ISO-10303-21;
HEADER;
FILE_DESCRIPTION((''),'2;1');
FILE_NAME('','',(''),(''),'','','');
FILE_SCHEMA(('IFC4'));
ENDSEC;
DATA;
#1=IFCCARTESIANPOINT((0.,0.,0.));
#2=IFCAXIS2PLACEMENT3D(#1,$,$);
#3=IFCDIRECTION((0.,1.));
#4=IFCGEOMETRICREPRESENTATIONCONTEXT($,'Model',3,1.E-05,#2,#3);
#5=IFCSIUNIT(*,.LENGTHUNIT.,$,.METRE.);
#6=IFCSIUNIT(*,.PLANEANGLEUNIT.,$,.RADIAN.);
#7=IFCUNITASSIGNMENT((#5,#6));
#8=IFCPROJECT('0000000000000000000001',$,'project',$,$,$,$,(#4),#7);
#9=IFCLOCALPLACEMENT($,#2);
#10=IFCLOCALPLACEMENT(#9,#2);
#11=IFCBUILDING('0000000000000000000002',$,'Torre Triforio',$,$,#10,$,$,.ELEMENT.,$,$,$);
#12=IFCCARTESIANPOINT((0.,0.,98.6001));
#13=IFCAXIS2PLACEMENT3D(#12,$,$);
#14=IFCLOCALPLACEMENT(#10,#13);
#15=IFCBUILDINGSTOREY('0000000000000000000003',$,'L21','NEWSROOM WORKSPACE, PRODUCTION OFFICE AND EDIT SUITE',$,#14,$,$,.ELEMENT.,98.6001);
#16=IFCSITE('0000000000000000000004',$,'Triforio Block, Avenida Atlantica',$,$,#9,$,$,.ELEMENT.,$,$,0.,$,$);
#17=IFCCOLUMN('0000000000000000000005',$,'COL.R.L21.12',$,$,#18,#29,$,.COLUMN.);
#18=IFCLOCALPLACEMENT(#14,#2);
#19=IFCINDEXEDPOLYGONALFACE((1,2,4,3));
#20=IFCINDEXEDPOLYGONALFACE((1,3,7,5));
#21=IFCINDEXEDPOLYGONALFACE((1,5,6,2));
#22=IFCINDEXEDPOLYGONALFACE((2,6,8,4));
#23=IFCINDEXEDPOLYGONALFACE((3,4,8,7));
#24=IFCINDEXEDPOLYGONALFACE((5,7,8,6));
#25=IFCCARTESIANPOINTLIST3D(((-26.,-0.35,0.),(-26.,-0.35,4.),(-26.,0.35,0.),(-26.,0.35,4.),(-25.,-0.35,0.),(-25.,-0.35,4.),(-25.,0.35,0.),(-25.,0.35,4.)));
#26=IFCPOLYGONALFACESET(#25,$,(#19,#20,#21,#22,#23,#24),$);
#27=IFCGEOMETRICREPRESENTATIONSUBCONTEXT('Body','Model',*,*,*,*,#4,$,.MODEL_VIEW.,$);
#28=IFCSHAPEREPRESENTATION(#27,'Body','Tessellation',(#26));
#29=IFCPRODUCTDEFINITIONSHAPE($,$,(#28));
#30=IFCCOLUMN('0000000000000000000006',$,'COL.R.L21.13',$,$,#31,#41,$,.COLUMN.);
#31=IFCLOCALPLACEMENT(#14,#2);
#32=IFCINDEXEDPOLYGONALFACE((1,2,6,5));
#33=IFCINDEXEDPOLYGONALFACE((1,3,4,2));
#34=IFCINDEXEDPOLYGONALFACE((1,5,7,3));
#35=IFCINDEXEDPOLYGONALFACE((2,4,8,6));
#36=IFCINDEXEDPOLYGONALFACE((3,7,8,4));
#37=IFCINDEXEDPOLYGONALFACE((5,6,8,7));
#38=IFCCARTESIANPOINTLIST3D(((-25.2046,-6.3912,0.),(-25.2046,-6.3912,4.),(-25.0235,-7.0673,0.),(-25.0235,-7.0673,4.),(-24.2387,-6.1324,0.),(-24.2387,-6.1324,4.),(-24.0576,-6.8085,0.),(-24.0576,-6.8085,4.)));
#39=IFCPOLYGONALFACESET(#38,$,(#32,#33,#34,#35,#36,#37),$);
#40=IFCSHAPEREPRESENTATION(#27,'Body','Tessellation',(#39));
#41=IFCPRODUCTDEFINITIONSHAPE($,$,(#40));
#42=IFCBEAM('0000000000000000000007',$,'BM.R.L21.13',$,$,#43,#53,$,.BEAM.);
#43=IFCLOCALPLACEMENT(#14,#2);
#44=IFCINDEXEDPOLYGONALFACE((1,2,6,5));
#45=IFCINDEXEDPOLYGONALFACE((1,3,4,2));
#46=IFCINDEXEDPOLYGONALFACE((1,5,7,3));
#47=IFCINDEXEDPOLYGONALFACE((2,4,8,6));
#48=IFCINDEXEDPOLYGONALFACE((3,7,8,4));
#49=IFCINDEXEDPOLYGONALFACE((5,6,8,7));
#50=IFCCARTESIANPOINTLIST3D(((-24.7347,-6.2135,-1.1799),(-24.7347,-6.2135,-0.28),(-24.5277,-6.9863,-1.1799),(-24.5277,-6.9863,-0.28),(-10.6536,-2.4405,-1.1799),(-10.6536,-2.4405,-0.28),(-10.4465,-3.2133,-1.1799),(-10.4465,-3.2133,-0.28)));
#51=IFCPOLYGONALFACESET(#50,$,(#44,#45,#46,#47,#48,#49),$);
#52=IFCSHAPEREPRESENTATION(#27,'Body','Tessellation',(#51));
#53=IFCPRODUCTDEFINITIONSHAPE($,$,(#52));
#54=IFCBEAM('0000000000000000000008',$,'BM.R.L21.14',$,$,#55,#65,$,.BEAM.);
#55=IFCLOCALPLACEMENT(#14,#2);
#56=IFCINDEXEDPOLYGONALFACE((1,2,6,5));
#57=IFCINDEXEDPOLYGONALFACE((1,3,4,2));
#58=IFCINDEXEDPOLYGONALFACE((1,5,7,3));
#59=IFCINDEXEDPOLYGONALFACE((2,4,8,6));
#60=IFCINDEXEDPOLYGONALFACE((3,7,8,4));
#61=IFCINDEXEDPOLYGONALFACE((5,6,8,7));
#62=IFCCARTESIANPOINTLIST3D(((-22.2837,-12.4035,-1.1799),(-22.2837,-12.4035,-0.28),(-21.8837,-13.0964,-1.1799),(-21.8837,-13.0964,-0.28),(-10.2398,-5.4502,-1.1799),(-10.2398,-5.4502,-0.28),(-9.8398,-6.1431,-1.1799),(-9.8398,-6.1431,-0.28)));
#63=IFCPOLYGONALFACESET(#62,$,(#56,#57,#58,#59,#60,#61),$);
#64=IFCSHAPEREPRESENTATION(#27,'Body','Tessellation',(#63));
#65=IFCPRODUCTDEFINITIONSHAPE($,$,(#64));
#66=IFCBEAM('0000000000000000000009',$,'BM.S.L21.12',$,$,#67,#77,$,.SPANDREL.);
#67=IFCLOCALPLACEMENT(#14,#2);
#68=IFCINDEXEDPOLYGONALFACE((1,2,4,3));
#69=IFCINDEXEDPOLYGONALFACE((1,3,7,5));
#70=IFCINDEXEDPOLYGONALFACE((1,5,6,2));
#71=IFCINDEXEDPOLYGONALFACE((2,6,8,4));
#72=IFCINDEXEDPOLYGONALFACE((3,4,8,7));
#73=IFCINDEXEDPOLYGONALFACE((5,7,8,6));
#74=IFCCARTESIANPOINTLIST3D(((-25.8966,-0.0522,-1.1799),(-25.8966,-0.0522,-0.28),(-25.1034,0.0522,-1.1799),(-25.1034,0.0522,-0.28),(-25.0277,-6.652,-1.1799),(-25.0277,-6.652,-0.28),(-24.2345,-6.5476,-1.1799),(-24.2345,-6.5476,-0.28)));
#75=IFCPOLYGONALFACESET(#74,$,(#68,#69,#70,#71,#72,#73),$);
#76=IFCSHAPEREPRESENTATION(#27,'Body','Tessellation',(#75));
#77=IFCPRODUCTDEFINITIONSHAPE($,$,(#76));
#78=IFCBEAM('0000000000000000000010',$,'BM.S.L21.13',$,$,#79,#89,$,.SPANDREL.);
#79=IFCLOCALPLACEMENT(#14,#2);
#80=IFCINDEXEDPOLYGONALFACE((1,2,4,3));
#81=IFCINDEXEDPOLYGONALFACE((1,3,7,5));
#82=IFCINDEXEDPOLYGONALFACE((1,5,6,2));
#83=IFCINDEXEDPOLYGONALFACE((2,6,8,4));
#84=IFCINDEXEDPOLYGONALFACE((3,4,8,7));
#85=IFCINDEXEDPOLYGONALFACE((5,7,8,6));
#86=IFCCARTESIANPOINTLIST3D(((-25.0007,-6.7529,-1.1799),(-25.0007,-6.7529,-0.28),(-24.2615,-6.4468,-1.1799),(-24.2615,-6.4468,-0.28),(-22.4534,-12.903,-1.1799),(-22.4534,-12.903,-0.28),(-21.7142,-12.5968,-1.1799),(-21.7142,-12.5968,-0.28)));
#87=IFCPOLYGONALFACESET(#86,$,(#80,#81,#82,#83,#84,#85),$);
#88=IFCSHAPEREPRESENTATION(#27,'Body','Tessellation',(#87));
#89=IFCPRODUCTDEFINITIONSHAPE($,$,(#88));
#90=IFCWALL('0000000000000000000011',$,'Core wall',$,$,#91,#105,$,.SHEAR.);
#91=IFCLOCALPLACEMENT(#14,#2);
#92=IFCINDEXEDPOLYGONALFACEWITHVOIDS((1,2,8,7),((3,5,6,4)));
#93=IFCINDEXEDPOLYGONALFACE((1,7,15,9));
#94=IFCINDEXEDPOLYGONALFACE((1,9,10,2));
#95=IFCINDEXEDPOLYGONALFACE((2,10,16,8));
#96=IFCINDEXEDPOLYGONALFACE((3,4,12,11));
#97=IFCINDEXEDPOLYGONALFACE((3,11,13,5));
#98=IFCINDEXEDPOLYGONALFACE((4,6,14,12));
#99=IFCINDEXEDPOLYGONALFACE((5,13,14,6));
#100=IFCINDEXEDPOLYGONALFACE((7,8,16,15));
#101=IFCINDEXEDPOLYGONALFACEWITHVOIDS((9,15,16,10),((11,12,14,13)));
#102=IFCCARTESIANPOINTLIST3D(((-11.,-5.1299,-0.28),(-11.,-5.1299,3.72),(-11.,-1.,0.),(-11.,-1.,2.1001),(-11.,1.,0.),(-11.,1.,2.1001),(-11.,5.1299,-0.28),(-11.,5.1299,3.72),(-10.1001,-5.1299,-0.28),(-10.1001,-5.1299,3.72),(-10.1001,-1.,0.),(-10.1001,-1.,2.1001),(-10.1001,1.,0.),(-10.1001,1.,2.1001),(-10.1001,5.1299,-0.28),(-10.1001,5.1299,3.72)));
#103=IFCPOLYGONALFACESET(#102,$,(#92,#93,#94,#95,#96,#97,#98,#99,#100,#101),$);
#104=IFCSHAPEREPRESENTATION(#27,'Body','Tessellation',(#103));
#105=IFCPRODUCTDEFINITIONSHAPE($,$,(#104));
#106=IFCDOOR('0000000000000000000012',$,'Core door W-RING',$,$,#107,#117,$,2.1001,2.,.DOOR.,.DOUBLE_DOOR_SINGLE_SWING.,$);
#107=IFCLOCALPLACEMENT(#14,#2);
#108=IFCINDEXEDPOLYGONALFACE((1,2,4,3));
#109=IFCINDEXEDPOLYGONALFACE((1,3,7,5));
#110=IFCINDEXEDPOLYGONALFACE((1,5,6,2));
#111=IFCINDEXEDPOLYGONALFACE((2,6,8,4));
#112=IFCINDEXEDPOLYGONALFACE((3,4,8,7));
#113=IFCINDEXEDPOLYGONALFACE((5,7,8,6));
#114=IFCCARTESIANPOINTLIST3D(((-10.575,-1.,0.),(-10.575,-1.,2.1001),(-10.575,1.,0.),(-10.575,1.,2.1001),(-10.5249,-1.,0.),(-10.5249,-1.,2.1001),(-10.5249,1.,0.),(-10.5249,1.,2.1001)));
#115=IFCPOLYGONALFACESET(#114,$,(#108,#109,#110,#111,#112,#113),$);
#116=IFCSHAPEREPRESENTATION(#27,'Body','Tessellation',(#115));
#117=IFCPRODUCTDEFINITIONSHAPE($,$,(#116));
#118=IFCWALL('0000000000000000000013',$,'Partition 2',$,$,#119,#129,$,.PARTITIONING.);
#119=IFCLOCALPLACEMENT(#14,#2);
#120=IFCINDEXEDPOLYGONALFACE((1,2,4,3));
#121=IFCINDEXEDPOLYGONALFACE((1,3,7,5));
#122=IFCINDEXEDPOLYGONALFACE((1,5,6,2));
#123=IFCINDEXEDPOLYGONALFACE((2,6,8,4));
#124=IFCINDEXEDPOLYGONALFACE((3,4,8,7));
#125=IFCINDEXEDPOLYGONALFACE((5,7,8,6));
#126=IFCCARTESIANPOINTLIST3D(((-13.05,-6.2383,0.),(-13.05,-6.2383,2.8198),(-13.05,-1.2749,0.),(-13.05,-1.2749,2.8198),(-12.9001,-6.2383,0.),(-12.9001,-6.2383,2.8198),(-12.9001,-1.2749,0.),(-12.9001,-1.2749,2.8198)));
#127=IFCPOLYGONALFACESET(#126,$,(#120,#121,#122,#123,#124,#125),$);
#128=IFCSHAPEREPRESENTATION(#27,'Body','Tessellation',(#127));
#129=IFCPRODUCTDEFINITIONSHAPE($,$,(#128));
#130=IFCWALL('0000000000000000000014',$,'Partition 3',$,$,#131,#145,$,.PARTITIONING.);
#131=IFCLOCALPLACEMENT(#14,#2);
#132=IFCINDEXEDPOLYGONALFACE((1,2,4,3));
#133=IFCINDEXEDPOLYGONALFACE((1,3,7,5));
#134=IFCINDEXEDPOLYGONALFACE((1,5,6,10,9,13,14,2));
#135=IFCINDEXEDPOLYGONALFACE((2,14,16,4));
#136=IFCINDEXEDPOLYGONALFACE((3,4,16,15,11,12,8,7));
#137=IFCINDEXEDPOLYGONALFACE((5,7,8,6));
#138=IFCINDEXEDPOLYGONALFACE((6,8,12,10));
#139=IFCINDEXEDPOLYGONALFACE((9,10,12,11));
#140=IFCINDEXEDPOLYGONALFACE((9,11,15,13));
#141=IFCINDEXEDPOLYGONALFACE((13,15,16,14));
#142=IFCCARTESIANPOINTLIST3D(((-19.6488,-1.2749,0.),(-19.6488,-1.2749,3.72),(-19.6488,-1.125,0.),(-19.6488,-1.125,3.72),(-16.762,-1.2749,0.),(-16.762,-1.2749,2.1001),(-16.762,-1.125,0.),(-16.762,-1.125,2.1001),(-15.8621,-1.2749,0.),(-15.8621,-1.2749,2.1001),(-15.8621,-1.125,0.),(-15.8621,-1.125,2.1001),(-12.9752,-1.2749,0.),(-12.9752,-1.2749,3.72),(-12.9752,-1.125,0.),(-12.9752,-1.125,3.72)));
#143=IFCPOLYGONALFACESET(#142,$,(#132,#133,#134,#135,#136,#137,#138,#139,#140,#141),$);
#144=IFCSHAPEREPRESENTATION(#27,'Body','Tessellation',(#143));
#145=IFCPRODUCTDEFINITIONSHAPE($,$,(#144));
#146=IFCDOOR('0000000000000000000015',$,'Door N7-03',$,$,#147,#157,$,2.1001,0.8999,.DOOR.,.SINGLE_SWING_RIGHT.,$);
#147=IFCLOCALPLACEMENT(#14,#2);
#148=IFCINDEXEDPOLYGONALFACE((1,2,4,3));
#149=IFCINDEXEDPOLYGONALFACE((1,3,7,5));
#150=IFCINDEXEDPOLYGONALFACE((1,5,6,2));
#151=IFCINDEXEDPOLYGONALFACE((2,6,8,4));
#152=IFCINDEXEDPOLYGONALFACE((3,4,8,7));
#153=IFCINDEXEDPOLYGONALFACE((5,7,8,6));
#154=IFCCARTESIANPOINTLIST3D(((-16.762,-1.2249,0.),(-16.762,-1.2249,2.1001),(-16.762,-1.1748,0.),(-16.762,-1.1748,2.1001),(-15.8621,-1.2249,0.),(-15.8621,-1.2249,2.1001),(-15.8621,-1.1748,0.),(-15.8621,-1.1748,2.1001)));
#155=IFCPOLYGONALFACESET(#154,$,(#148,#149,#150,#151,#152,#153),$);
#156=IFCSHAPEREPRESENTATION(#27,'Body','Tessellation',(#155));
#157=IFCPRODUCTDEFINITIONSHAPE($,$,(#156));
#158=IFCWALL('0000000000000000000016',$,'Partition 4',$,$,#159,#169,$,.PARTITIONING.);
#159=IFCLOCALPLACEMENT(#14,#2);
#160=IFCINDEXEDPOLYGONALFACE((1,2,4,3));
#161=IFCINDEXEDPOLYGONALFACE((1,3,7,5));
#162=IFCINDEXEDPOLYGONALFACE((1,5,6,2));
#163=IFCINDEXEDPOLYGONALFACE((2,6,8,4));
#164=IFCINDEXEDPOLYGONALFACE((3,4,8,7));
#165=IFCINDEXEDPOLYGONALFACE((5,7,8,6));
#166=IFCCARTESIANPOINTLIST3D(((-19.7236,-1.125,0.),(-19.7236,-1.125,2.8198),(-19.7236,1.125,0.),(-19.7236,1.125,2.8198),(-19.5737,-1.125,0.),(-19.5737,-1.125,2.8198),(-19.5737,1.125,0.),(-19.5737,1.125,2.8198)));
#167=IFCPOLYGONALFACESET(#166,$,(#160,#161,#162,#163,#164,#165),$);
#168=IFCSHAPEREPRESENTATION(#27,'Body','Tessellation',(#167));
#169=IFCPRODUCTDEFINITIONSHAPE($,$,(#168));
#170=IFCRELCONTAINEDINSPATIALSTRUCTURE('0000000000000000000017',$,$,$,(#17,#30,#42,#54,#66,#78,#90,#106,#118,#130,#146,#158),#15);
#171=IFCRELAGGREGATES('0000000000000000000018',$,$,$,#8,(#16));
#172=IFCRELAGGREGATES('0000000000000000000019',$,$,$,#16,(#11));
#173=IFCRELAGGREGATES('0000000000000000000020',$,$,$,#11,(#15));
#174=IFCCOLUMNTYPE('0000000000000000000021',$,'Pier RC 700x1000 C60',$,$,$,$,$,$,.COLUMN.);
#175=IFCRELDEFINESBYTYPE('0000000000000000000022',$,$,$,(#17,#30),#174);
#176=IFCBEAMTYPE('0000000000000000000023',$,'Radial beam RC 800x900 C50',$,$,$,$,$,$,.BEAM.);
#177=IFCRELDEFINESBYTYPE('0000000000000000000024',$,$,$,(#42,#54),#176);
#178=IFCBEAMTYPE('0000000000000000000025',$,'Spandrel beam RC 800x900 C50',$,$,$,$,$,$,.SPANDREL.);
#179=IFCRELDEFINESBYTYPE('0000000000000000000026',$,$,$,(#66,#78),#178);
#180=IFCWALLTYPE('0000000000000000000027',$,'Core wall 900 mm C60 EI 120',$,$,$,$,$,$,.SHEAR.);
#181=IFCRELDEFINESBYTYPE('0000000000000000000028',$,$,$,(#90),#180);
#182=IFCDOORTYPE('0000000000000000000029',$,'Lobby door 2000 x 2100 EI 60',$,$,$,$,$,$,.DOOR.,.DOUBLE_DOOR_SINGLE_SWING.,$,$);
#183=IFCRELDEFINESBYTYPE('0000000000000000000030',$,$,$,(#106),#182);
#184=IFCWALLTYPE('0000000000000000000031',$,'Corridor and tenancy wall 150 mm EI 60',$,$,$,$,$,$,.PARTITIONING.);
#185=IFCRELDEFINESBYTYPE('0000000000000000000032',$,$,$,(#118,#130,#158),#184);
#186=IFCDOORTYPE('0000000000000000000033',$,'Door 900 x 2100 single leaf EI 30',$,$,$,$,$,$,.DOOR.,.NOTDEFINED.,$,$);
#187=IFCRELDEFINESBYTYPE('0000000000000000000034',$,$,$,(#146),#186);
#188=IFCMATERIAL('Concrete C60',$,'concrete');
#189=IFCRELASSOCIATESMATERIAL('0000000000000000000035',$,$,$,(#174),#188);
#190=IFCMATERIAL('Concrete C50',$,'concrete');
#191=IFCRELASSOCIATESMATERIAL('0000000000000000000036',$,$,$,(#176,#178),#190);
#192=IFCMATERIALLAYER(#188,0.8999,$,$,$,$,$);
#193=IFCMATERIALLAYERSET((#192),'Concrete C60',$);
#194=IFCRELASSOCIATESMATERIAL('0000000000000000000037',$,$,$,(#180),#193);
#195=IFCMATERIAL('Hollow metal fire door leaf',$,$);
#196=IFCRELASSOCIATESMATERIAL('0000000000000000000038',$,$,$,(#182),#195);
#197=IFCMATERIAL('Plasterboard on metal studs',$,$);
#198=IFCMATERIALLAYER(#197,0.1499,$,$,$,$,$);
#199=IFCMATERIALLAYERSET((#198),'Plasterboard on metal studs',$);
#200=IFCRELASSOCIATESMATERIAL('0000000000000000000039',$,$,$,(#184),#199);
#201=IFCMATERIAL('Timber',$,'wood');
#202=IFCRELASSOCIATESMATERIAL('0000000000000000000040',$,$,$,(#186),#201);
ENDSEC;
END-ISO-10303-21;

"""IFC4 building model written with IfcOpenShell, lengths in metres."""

from ifc_helpers import new_model, si_unit, direction, frame, frame_2d, origin, origin_2d, place, context, subcontext, project, spatial, rectangle, extrude, material, layer, layer_set, material_profile, profile_set, type_object, element, fill, save


model = new_model("IFC4")

# Units and contexts
model_context = context("Model", 3, precision=1e-05, world=origin(), true_north=direction((0.0, 1.0)))
body_context = subcontext(model_context, "Body", "Model", "MODEL_VIEW")
ifc_project = project(units=[si_unit("LENGTHUNIT", "METRE"), si_unit("PLANEANGLEUNIT", "RADIAN")], contexts=[model_context])

# Site, building, storey
site_placement = place(None, origin())
site = spatial("IfcSite", under=ifc_project, at=site_placement, Name="Triforio Block, Avenida Atlantica", CompositionType="ELEMENT", RefElevation=0.0)
building_placement = place(site_placement, origin())
building = spatial("IfcBuilding", under=site, at=building_placement, Name="Torre Triforio", CompositionType="ELEMENT")
storey_placement = place(building_placement, frame((0.0, 0.0, 98.6001)))
storey = spatial("IfcBuildingStorey", under=building, at=storey_placement, Name="L21", Description="NEWSROOM WORKSPACE, PRODUCTION OFFICE AND EDIT SUITE", CompositionType="ELEMENT", Elevation=98.6001)

# Columns
ifc_material_1 = material(Name="Concrete C60", Category="concrete")
ifc_material_profile_1 = material_profile(ifc_material_1, rectangle(XDim=0.7, YDim=1.0, at=origin_2d()), Name="RC 700x1000")
ifc_profile_set_1 = profile_set([ifc_material_profile_1], Name="Concrete C60")
column_type = type_object("IfcColumnType", Name="Pier RC 700x1000 C60", PredefinedType="COLUMN", material=ifc_profile_set_1)
for number, where, z_axis, x_axis, name in (
    (1, (-25.5, 0.0, 0.0), (0.0, 0.0, 1.0), (0.0, -1.0, 0.0), "COL.R.L21.12"),
    (2, (-24.6311, -6.5999, 0.0), (0.0, 0.0, 1.0), (0.258819, -0.965926, 0.0), "COL.R.L21.13"),
):
    element("IfcColumn", number, at=place(storey_placement, frame(where, z_axis=z_axis, x_axis=x_axis)), inside=storey, type_object=column_type, Name=name, PredefinedType="COLUMN", context=body_context, shape_type="SweptSolid", body=[
        extrude(rectangle(XDim=0.7, YDim=1.0, at=origin_2d()), origin(), (0.0, 0.0, 1.0), 4.0),
    ])

# Beams
ifc_material_2 = material(Name="Concrete C50", Category="concrete")
ifc_material_profile_2 = material_profile(ifc_material_2, rectangle(XDim=0.8, YDim=0.8999, at=origin_2d()), Name="RC 800x900")
ifc_profile_set_2 = profile_set([ifc_material_profile_2], Name="Concrete C50")
beam_type_1 = type_object("IfcBeamType", Name="Radial beam RC 800x900 C50", PredefinedType="BEAM", material=ifc_profile_set_2)
beam_1_placement = place(storey_placement, frame((-10.55, -2.8269, -0.73), z_axis=(-0.965927, -0.258815, 0.0), x_axis=(0.258815, -0.965927, 0.0)))
element("IfcBeam", 3, at=beam_1_placement, inside=storey, type_object=beam_type_1, Name="BM.R.L21.13", PredefinedType="BEAM", context=body_context, shape_type="SweptSolid", body=[
    extrude(rectangle(XDim=0.8, YDim=0.8999, at=origin_2d()), origin(), (0.0, 0.0, 1.0), 14.5779),
])
beam_2_placement = place(storey_placement, frame((-10.0398, -5.7966, -0.73), z_axis=(-0.866032, -0.499989, 0.0), x_axis=(0.499989, -0.866032, 0.0)))
element("IfcBeam", 4, at=beam_2_placement, inside=storey, type_object=beam_type_1, Name="BM.R.L21.14", PredefinedType="BEAM", context=body_context, shape_type="SweptSolid", body=[
    extrude(rectangle(XDim=0.8, YDim=0.8999, at=origin_2d()), origin(), (0.0, 0.0, 1.0), 13.907),
])
ifc_material_profile_3 = material_profile(ifc_material_2, rectangle(XDim=0.8, YDim=0.8999, at=origin_2d()), Name="RC 800x900")
ifc_profile_set_3 = profile_set([ifc_material_profile_3], Name="Concrete C50")
beam_type_2 = type_object("IfcBeamType", Name="Spandrel beam RC 800x900 C50", PredefinedType="SPANDREL", material=ifc_profile_set_3)
for number, where, z_axis, x_axis, name in (
    (5, (-25.5, 0.0, -0.73), (0.130528, -0.991445, 0.0), (0.991445, 0.130528, 0.0), "BM.S.L21.12"),
    (6, (-24.6311, -6.5999, -0.73), (0.382669, -0.923885, 0.0), (0.923885, 0.382669, 0.0), "BM.S.L21.13"),
):
    element("IfcBeam", number, at=place(storey_placement, frame(where, z_axis=z_axis, x_axis=x_axis)), inside=storey, type_object=beam_type_2, Name=name, PredefinedType="SPANDREL", context=body_context, shape_type="SweptSolid", body=[
        extrude(rectangle(XDim=0.8, YDim=0.8999, at=origin_2d()), origin(), (0.0, 0.0, 1.0), 6.6567),
    ])

# Wall, opening, door
ifc_layer_1 = layer(ifc_material_1, 0.8999)
ifc_layer_set_1 = layer_set([ifc_layer_1], Name="Concrete C60")
wall_type_1 = type_object("IfcWallType", Name="Core wall 900 mm C60 EI 120", PredefinedType="SHEAR", material=ifc_layer_set_1)
wall_1_placement = place(storey_placement, frame((-10.55, -5.1299, -0.28), z_axis=(0.0, 0.0, 1.0), x_axis=(0.0, 1.0, 0.0)))
wall_1 = element("IfcWall", 7, at=wall_1_placement, inside=storey, type_object=wall_type_1, Name="Core wall", PredefinedType="SHEAR", context=body_context, shape_type="SweptSolid", body=[
    extrude(rectangle(XDim=10.2598, YDim=0.8999, at=frame_2d((5.1299, 0.0))), origin(), (0.0, 0.0, 1.0), 4.0),
])
opening_1_placement = place(wall_1_placement, frame((4.1299, 0.0, 0.28)))
opening_1 = element("IfcOpeningElement", 8, at=opening_1_placement, cuts=wall_1, PredefinedType="OPENING", context=body_context, shape_type="SweptSolid", body=[
    extrude(rectangle(XDim=2.0, YDim=2.1001, at=frame_2d((1.0, 1.05))), frame((0.0, 0.46, 0.0), z_axis=(0.0, -1.0, 0.0), x_axis=(1.0, 0.0, 0.0)), (0.0, 0.0, 1.0), 0.9199),
])
ifc_material_3 = material(Name="Hollow metal fire door leaf")
door_type_1 = type_object("IfcDoorType", Name="Lobby door 2000 x 2100 EI 60", OperationType="DOUBLE_DOOR_SINGLE_SWING", PredefinedType="DOOR", material=ifc_material_3)
door_1_placement = place(opening_1_placement, origin())
door_1 = element("IfcDoor", 9, at=door_1_placement, inside=storey, type_object=door_type_1, Name="Core door W-RING", OperationType="DOUBLE_DOOR_SINGLE_SWING", OverallHeight=2.1001, OverallWidth=2.0, PredefinedType="DOOR", context=body_context, shape_type="SweptSolid", body=[
    extrude(rectangle(XDim=2.0, YDim=2.1001, at=frame_2d((1.0, 1.05))), frame((0.0, 0.0249, 0.0), z_axis=(0.0, -1.0, 0.0), x_axis=(1.0, 0.0, 0.0)), (0.0, 0.0, 1.0), 0.05),
])
fill(opening_1, door_1)

# Wall
ifc_material_4 = material(Name="Plasterboard on metal studs")
ifc_layer_2 = layer(ifc_material_4, 0.1499)
ifc_layer_set_2 = layer_set([ifc_layer_2], Name="Plasterboard on metal studs")
wall_type_2 = type_object("IfcWallType", Name="Corridor and tenancy wall 150 mm EI 60", PredefinedType="PARTITIONING", material=ifc_layer_set_2)
wall_2_placement = place(storey_placement, frame((-12.9751, -6.2383, 0.0), z_axis=(0.0, 0.0, 1.0), x_axis=(0.0, 1.0, 0.0)))
element("IfcWall", 10, at=wall_2_placement, inside=storey, type_object=wall_type_2, Name="Partition 2", PredefinedType="PARTITIONING", context=body_context, shape_type="SweptSolid", body=[
    extrude(rectangle(XDim=4.9634, YDim=0.1499, at=frame_2d((2.4817, 0.0))), origin(), (0.0, 0.0, 1.0), 2.8198),
])

# Wall, opening, door
wall_3_placement = place(storey_placement, frame((-12.9751, -1.2, 0.0), z_axis=(0.0, 0.0, 1.0), x_axis=(-1.0, 0.0, 0.0)))
wall_3 = element("IfcWall", 11, at=wall_3_placement, inside=storey, type_object=wall_type_2, Name="Partition 3", PredefinedType="PARTITIONING", context=body_context, shape_type="SweptSolid", body=[
    extrude(rectangle(XDim=6.6736, YDim=0.1499, at=frame_2d((3.3369, 0.0))), origin(), (0.0, 0.0, 1.0), 3.72),
])
opening_2_placement = place(wall_3_placement, frame((2.887, 0.0, 0.0)))
opening_2 = element("IfcOpeningElement", 12, at=opening_2_placement, cuts=wall_3, PredefinedType="OPENING", context=body_context, shape_type="SweptSolid", body=[
    extrude(rectangle(XDim=0.8999, YDim=2.1001, at=frame_2d((0.45, 1.05))), frame((0.0, 0.085, 0.0), z_axis=(0.0, -1.0, 0.0), x_axis=(1.0, 0.0, 0.0)), (0.0, 0.0, 1.0), 0.1699),
])
ifc_material_5 = material(Name="Timber", Category="wood")
door_type_2 = type_object("IfcDoorType", Name="Door 900 x 2100 single leaf EI 30", OperationType="NOTDEFINED", PredefinedType="DOOR", material=ifc_material_5)
door_2_placement = place(opening_2_placement, origin())
door_2 = element("IfcDoor", 13, at=door_2_placement, inside=storey, type_object=door_type_2, Name="Door N7-03", OperationType="SINGLE_SWING_RIGHT", OverallHeight=2.1001, OverallWidth=0.8999, PredefinedType="DOOR", context=body_context, shape_type="SweptSolid", body=[
    extrude(rectangle(XDim=0.8999, YDim=2.1001, at=frame_2d((0.45, 1.05))), frame((0.0, 0.0249, 0.0), z_axis=(0.0, -1.0, 0.0), x_axis=(1.0, 0.0, 0.0)), (0.0, 0.0, 1.0), 0.05),
])
fill(opening_2, door_2)

# Wall
wall_4_placement = place(storey_placement, frame((-19.6487, -1.125, 0.0), z_axis=(0.0, 0.0, 1.0), x_axis=(0.0, 1.0, 0.0)))
element("IfcWall", 14, at=wall_4_placement, inside=storey, type_object=wall_type_2, Name="Partition 4", PredefinedType="PARTITIONING", context=body_context, shape_type="SweptSolid", body=[
    extrude(rectangle(XDim=2.25, YDim=0.1499, at=frame_2d((1.125, 0.0))), origin(), (0.0, 0.0, 1.0), 2.8198),
])

save(model, "model.ifc")
